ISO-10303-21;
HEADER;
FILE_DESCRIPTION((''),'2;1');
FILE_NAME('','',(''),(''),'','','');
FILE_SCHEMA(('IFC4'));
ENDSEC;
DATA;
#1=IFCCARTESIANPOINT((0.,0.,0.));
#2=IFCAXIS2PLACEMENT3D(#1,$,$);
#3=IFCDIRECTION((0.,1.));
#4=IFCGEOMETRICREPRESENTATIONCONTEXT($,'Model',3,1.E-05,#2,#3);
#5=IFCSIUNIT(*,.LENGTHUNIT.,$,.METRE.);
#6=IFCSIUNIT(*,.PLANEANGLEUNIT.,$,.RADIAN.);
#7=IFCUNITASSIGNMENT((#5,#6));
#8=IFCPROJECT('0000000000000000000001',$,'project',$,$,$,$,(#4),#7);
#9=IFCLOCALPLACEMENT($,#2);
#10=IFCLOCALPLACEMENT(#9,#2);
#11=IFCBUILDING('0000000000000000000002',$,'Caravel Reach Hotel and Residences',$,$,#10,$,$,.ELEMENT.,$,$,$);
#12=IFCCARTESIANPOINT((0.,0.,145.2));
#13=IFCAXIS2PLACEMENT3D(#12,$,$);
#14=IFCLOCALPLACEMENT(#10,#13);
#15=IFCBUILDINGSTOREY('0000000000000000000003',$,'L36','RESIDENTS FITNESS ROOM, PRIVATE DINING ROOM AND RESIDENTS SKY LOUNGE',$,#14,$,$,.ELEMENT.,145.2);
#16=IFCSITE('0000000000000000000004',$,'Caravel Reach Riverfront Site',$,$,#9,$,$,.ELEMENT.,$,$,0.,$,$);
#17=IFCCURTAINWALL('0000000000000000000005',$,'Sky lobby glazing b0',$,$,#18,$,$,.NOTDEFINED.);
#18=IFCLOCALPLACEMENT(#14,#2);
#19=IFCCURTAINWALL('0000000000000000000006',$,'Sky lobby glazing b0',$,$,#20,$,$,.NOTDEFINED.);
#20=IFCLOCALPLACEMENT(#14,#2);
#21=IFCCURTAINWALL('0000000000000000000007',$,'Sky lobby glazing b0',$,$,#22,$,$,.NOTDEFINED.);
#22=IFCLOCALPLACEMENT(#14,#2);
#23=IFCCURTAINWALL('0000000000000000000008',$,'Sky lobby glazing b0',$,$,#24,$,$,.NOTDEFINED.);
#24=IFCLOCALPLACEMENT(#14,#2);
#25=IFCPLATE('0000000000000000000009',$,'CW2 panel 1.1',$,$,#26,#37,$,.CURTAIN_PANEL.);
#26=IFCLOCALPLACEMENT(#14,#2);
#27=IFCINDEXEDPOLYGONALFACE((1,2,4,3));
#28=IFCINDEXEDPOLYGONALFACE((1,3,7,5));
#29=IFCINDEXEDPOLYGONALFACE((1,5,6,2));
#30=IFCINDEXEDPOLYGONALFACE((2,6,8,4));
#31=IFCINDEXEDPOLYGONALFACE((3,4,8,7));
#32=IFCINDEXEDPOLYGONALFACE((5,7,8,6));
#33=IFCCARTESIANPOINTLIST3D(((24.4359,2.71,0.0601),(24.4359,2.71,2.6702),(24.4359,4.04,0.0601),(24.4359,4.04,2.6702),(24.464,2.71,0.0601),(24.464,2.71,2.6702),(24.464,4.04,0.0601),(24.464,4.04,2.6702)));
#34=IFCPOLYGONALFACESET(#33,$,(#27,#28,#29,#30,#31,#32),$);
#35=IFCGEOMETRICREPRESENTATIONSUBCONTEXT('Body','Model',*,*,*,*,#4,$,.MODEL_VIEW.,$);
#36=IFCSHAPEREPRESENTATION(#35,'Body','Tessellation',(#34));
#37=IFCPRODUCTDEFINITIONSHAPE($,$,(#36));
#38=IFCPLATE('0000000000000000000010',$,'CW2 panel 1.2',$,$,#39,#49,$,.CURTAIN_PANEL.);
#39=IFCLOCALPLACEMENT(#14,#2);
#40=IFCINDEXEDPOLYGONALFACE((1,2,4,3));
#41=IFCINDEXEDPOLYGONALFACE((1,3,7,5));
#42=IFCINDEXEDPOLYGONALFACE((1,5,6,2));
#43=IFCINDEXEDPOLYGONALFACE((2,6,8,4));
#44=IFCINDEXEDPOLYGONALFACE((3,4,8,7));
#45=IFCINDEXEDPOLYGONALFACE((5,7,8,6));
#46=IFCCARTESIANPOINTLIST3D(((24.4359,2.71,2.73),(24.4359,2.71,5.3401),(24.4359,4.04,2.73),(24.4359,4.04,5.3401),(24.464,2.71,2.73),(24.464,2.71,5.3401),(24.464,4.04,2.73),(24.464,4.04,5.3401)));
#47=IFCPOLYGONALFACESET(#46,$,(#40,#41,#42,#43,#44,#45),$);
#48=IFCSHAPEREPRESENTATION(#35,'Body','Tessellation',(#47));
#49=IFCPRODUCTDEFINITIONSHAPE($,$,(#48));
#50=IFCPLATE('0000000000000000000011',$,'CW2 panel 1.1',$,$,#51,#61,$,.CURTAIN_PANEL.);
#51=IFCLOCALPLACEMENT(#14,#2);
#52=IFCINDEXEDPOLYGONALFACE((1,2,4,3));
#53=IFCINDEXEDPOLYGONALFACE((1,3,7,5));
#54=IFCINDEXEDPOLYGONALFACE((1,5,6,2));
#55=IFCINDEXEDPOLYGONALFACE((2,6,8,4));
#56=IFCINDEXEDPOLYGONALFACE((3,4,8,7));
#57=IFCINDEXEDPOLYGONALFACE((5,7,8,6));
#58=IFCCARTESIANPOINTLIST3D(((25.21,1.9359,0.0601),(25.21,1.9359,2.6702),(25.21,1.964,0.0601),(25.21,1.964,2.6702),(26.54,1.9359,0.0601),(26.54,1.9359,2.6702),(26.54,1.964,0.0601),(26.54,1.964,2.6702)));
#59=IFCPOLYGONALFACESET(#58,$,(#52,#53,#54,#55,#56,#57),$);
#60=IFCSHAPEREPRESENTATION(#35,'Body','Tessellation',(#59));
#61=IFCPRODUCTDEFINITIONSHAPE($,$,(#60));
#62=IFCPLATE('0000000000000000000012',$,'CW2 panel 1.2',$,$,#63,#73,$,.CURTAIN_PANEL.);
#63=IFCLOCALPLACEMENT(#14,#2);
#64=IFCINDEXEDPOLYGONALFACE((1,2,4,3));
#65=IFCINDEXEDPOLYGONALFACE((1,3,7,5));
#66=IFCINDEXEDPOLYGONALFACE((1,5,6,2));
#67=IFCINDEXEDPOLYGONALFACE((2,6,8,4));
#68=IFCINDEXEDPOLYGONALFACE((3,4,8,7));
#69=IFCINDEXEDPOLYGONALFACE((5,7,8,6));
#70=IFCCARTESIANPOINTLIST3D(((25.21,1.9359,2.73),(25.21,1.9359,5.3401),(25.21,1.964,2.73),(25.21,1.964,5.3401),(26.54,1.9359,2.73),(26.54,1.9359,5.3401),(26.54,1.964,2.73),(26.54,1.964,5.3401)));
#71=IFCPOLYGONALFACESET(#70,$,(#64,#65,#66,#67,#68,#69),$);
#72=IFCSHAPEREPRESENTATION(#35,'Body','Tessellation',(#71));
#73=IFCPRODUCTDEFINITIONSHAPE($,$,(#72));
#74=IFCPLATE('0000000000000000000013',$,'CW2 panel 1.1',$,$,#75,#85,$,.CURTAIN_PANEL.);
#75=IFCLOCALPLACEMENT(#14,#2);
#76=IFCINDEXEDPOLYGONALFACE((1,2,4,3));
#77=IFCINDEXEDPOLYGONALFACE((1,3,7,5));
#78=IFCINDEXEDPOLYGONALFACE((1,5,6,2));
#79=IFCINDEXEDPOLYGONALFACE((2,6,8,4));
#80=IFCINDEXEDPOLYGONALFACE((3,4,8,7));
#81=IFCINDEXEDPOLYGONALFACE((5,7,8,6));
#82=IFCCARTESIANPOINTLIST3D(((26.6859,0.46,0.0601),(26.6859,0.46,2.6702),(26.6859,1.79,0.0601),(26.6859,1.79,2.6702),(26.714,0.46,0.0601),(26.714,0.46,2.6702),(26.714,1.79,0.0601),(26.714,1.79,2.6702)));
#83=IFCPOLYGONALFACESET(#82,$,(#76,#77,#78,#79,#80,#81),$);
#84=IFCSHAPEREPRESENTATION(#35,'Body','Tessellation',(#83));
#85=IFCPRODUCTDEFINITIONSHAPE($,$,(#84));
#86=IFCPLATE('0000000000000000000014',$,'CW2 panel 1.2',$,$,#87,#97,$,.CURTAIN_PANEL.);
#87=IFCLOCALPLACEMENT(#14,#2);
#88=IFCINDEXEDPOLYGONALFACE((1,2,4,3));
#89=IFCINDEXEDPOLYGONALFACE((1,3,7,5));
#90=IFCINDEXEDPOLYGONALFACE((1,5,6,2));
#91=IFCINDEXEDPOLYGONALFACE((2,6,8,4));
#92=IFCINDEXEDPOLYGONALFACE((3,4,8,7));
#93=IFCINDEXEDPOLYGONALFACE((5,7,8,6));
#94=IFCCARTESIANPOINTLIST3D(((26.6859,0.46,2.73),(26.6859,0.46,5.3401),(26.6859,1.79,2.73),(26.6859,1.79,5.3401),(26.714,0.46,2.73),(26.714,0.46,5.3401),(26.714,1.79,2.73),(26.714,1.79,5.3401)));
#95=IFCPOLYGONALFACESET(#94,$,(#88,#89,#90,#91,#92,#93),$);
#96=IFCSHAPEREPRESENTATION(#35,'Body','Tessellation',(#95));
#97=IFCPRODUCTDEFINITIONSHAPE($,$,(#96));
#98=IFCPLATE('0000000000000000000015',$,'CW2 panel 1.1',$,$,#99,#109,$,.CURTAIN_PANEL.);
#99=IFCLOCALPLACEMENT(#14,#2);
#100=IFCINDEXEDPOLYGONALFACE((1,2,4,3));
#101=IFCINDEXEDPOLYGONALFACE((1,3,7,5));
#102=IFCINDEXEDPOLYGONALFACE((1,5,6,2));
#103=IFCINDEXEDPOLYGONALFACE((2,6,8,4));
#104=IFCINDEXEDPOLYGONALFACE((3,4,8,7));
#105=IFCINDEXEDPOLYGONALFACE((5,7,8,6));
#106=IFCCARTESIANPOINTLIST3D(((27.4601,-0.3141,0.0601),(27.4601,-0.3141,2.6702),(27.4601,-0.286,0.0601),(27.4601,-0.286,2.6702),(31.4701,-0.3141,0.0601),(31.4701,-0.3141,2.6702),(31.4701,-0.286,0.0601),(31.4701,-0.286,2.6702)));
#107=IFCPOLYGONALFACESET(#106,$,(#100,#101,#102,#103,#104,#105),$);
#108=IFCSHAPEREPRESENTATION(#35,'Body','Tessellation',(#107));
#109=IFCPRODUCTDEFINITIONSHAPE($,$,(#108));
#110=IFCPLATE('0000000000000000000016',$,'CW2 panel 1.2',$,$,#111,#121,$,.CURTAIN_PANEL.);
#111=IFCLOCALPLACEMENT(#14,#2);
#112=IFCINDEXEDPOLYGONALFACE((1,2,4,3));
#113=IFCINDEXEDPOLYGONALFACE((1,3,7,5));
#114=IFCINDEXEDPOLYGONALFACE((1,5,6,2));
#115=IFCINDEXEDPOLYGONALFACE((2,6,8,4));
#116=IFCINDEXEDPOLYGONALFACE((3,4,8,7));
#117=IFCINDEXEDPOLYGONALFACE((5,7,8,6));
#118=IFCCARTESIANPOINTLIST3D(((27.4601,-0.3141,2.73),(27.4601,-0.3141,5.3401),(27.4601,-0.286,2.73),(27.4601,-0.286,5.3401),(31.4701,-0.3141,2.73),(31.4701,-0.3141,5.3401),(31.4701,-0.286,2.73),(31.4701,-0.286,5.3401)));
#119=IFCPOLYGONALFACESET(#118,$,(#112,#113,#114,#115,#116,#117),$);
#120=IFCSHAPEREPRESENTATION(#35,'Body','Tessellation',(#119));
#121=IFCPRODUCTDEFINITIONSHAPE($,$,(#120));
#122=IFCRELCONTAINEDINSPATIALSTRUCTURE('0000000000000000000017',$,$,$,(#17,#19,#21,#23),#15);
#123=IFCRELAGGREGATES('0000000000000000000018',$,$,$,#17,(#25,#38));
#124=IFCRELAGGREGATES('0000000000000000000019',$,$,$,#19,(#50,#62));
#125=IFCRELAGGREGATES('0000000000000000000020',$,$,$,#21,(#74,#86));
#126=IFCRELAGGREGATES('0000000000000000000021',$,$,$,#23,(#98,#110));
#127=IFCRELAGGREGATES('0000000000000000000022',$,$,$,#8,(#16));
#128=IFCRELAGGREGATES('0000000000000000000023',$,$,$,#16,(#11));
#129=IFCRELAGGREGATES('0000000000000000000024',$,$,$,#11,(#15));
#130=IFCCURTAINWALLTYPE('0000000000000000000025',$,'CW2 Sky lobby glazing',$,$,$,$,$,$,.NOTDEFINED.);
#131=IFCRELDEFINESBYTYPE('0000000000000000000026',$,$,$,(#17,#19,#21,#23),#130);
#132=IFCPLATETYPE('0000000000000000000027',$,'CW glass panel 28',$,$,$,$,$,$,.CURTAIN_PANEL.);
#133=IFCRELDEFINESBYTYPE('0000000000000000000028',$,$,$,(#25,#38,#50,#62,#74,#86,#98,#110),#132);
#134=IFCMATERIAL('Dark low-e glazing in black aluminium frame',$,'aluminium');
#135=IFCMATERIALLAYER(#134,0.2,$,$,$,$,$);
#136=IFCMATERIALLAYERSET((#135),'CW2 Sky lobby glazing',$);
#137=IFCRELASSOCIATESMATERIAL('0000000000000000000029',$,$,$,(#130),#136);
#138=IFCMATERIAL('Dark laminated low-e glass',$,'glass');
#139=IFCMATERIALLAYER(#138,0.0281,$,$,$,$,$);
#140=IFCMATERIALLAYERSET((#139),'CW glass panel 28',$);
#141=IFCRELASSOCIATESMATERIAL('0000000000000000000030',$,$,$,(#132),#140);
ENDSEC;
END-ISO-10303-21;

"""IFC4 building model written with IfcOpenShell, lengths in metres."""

from ifc_helpers import new_model, si_unit, direction, frame, origin, origin_2d, place, context, subcontext, project, spatial, rectangle, extrude, material, layer, layer_set, type_object, element, aggregate, save


model = new_model("IFC4")

# Units and contexts
model_context = context("Model", 3, precision=1e-05, world=origin(), true_north=direction((0.0, 1.0)))
body_context = subcontext(model_context, "Body", "Model", "MODEL_VIEW")
ifc_project = project(units=[si_unit("LENGTHUNIT", "METRE"), si_unit("PLANEANGLEUNIT", "RADIAN")], contexts=[model_context])

# Site, building, storey
site_placement = place(None, origin())
site = spatial("IfcSite", under=ifc_project, at=site_placement, Name="Caravel Reach Riverfront Site", CompositionType="ELEMENT", RefElevation=0.0)
building_placement = place(site_placement, origin())
building = spatial("IfcBuilding", under=site, at=building_placement, Name="Caravel Reach Hotel and Residences", CompositionType="ELEMENT")
storey_placement = place(building_placement, frame((0.0, 0.0, 145.2)))
storey = spatial("IfcBuildingStorey", under=building, at=storey_placement, Name="L36", Description="RESIDENTS FITNESS ROOM, PRIVATE DINING ROOM AND RESIDENTS SKY LOUNGE", CompositionType="ELEMENT", Elevation=145.2)

# Curtain walls
ifc_material_1 = material(Name="Dark low-e glazing in black aluminium frame", Category="aluminium")
ifc_layer_1 = layer(ifc_material_1, 0.2)
ifc_layer_set_1 = layer_set([ifc_layer_1], Name="CW2 Sky lobby glazing")
curtain_wall_type = type_object("IfcCurtainWallType", Name="CW2 Sky lobby glazing", PredefinedType="NOTDEFINED", material=ifc_layer_set_1)
curtain_wall_1_placement = place(storey_placement, origin())
curtain_wall_1 = element("IfcCurtainWall", 1, at=curtain_wall_1_placement, inside=storey, type_object=curtain_wall_type, Name="Sky lobby glazing b0", PredefinedType="NOTDEFINED")
curtain_wall_2_placement = place(storey_placement, origin())
curtain_wall_2 = element("IfcCurtainWall", 2, at=curtain_wall_2_placement, inside=storey, type_object=curtain_wall_type, Name="Sky lobby glazing b0", PredefinedType="NOTDEFINED")
curtain_wall_3_placement = place(storey_placement, origin())
curtain_wall_3 = element("IfcCurtainWall", 3, at=curtain_wall_3_placement, inside=storey, type_object=curtain_wall_type, Name="Sky lobby glazing b0", PredefinedType="NOTDEFINED")

# Curtain wall
curtain_wall_4_placement = place(storey_placement, origin())
curtain_wall_4 = element("IfcCurtainWall", 4, at=curtain_wall_4_placement, inside=storey, type_object=curtain_wall_type, Name="Sky lobby glazing b0", PredefinedType="NOTDEFINED")

# Plates
ifc_material_2 = material(Name="Dark laminated low-e glass", Category="glass")
ifc_layer_2 = layer(ifc_material_2, 0.0281)
ifc_layer_set_2 = layer_set([ifc_layer_2], Name="CW glass panel 28")
plate_type = type_object("IfcPlateType", Name="CW glass panel 28", PredefinedType="CURTAIN_PANEL", material=ifc_layer_set_2)
plate_1_placement = place(storey_placement, frame((24.45, 3.375, 0.0601), z_axis=(0.0, 0.0, 1.0), x_axis=(0.0, -1.0, 0.0)))
plate_1 = element("IfcPlate", 5, at=plate_1_placement, type_object=plate_type, Name="CW2 panel 1.1", PredefinedType="CURTAIN_PANEL", context=body_context, shape_type="SweptSolid", body=[
    extrude(rectangle(XDim=1.3301, YDim=0.0281, at=origin_2d()), origin(), (0.0, 0.0, 1.0), 2.6101),
])
plate_2_placement = place(storey_placement, frame((24.45, 3.375, 2.73), z_axis=(0.0, 0.0, 1.0), x_axis=(0.0, -1.0, 0.0)))
plate_2 = element("IfcPlate", 6, at=plate_2_placement, type_object=plate_type, Name="CW2 panel 1.2", PredefinedType="CURTAIN_PANEL", context=body_context, shape_type="SweptSolid", body=[
    extrude(rectangle(XDim=1.3301, YDim=0.0281, at=origin_2d()), origin(), (0.0, 0.0, 1.0), 2.6101),
])
aggregate(curtain_wall_1, [plate_1, plate_2])
plate_3_placement = place(storey_placement, frame((25.875, 1.95, 0.0601), z_axis=(0.0, 0.0, 1.0), x_axis=(1.0, 0.0, 0.0)))
plate_3 = element("IfcPlate", 7, at=plate_3_placement, type_object=plate_type, Name="CW2 panel 1.1", PredefinedType="CURTAIN_PANEL", context=body_context, shape_type="SweptSolid", body=[
    extrude(rectangle(XDim=1.3301, YDim=0.0281, at=origin_2d()), origin(), (0.0, 0.0, 1.0), 2.6101),
])
plate_4_placement = place(storey_placement, frame((25.875, 1.95, 2.73), z_axis=(0.0, 0.0, 1.0), x_axis=(1.0, 0.0, 0.0)))
plate_4 = element("IfcPlate", 8, at=plate_4_placement, type_object=plate_type, Name="CW2 panel 1.2", PredefinedType="CURTAIN_PANEL", context=body_context, shape_type="SweptSolid", body=[
    extrude(rectangle(XDim=1.3301, YDim=0.0281, at=origin_2d()), origin(), (0.0, 0.0, 1.0), 2.6101),
])
aggregate(curtain_wall_2, [plate_3, plate_4])
plate_5_placement = place(storey_placement, frame((26.7, 1.125, 0.0601), z_axis=(0.0, 0.0, 1.0), x_axis=(0.0, -1.0, 0.0)))
plate_5 = element("IfcPlate", 9, at=plate_5_placement, type_object=plate_type, Name="CW2 panel 1.1", PredefinedType="CURTAIN_PANEL", context=body_context, shape_type="SweptSolid", body=[
    extrude(rectangle(XDim=1.3301, YDim=0.0281, at=origin_2d()), origin(), (0.0, 0.0, 1.0), 2.6101),
])
plate_6_placement = place(storey_placement, frame((26.7, 1.125, 2.73), z_axis=(0.0, 0.0, 1.0), x_axis=(0.0, -1.0, 0.0)))
plate_6 = element("IfcPlate", 10, at=plate_6_placement, type_object=plate_type, Name="CW2 panel 1.2", PredefinedType="CURTAIN_PANEL", context=body_context, shape_type="SweptSolid", body=[
    extrude(rectangle(XDim=1.3301, YDim=0.0281, at=origin_2d()), origin(), (0.0, 0.0, 1.0), 2.6101),
])
aggregate(curtain_wall_3, [plate_5, plate_6])
plate_7_placement = place(storey_placement, frame((29.4651, -0.3, 0.0601), z_axis=(0.0, 0.0, 1.0), x_axis=(1.0, 0.0, 0.0)))
plate_7 = element("IfcPlate", 11, at=plate_7_placement, type_object=plate_type, Name="CW2 panel 1.1", PredefinedType="CURTAIN_PANEL", context=body_context, shape_type="SweptSolid", body=[
    extrude(rectangle(XDim=4.01, YDim=0.0281, at=origin_2d()), origin(), (0.0, 0.0, 1.0), 2.6101),
])
plate_8_placement = place(storey_placement, frame((29.4651, -0.3, 2.73), z_axis=(0.0, 0.0, 1.0), x_axis=(1.0, 0.0, 0.0)))
plate_8 = element("IfcPlate", 12, at=plate_8_placement, type_object=plate_type, Name="CW2 panel 1.2", PredefinedType="CURTAIN_PANEL", context=body_context, shape_type="SweptSolid", body=[
    extrude(rectangle(XDim=4.01, YDim=0.0281, at=origin_2d()), origin(), (0.0, 0.0, 1.0), 2.6101),
])
aggregate(curtain_wall_4, [plate_7, plate_8])

save(model, "model.ifc")
